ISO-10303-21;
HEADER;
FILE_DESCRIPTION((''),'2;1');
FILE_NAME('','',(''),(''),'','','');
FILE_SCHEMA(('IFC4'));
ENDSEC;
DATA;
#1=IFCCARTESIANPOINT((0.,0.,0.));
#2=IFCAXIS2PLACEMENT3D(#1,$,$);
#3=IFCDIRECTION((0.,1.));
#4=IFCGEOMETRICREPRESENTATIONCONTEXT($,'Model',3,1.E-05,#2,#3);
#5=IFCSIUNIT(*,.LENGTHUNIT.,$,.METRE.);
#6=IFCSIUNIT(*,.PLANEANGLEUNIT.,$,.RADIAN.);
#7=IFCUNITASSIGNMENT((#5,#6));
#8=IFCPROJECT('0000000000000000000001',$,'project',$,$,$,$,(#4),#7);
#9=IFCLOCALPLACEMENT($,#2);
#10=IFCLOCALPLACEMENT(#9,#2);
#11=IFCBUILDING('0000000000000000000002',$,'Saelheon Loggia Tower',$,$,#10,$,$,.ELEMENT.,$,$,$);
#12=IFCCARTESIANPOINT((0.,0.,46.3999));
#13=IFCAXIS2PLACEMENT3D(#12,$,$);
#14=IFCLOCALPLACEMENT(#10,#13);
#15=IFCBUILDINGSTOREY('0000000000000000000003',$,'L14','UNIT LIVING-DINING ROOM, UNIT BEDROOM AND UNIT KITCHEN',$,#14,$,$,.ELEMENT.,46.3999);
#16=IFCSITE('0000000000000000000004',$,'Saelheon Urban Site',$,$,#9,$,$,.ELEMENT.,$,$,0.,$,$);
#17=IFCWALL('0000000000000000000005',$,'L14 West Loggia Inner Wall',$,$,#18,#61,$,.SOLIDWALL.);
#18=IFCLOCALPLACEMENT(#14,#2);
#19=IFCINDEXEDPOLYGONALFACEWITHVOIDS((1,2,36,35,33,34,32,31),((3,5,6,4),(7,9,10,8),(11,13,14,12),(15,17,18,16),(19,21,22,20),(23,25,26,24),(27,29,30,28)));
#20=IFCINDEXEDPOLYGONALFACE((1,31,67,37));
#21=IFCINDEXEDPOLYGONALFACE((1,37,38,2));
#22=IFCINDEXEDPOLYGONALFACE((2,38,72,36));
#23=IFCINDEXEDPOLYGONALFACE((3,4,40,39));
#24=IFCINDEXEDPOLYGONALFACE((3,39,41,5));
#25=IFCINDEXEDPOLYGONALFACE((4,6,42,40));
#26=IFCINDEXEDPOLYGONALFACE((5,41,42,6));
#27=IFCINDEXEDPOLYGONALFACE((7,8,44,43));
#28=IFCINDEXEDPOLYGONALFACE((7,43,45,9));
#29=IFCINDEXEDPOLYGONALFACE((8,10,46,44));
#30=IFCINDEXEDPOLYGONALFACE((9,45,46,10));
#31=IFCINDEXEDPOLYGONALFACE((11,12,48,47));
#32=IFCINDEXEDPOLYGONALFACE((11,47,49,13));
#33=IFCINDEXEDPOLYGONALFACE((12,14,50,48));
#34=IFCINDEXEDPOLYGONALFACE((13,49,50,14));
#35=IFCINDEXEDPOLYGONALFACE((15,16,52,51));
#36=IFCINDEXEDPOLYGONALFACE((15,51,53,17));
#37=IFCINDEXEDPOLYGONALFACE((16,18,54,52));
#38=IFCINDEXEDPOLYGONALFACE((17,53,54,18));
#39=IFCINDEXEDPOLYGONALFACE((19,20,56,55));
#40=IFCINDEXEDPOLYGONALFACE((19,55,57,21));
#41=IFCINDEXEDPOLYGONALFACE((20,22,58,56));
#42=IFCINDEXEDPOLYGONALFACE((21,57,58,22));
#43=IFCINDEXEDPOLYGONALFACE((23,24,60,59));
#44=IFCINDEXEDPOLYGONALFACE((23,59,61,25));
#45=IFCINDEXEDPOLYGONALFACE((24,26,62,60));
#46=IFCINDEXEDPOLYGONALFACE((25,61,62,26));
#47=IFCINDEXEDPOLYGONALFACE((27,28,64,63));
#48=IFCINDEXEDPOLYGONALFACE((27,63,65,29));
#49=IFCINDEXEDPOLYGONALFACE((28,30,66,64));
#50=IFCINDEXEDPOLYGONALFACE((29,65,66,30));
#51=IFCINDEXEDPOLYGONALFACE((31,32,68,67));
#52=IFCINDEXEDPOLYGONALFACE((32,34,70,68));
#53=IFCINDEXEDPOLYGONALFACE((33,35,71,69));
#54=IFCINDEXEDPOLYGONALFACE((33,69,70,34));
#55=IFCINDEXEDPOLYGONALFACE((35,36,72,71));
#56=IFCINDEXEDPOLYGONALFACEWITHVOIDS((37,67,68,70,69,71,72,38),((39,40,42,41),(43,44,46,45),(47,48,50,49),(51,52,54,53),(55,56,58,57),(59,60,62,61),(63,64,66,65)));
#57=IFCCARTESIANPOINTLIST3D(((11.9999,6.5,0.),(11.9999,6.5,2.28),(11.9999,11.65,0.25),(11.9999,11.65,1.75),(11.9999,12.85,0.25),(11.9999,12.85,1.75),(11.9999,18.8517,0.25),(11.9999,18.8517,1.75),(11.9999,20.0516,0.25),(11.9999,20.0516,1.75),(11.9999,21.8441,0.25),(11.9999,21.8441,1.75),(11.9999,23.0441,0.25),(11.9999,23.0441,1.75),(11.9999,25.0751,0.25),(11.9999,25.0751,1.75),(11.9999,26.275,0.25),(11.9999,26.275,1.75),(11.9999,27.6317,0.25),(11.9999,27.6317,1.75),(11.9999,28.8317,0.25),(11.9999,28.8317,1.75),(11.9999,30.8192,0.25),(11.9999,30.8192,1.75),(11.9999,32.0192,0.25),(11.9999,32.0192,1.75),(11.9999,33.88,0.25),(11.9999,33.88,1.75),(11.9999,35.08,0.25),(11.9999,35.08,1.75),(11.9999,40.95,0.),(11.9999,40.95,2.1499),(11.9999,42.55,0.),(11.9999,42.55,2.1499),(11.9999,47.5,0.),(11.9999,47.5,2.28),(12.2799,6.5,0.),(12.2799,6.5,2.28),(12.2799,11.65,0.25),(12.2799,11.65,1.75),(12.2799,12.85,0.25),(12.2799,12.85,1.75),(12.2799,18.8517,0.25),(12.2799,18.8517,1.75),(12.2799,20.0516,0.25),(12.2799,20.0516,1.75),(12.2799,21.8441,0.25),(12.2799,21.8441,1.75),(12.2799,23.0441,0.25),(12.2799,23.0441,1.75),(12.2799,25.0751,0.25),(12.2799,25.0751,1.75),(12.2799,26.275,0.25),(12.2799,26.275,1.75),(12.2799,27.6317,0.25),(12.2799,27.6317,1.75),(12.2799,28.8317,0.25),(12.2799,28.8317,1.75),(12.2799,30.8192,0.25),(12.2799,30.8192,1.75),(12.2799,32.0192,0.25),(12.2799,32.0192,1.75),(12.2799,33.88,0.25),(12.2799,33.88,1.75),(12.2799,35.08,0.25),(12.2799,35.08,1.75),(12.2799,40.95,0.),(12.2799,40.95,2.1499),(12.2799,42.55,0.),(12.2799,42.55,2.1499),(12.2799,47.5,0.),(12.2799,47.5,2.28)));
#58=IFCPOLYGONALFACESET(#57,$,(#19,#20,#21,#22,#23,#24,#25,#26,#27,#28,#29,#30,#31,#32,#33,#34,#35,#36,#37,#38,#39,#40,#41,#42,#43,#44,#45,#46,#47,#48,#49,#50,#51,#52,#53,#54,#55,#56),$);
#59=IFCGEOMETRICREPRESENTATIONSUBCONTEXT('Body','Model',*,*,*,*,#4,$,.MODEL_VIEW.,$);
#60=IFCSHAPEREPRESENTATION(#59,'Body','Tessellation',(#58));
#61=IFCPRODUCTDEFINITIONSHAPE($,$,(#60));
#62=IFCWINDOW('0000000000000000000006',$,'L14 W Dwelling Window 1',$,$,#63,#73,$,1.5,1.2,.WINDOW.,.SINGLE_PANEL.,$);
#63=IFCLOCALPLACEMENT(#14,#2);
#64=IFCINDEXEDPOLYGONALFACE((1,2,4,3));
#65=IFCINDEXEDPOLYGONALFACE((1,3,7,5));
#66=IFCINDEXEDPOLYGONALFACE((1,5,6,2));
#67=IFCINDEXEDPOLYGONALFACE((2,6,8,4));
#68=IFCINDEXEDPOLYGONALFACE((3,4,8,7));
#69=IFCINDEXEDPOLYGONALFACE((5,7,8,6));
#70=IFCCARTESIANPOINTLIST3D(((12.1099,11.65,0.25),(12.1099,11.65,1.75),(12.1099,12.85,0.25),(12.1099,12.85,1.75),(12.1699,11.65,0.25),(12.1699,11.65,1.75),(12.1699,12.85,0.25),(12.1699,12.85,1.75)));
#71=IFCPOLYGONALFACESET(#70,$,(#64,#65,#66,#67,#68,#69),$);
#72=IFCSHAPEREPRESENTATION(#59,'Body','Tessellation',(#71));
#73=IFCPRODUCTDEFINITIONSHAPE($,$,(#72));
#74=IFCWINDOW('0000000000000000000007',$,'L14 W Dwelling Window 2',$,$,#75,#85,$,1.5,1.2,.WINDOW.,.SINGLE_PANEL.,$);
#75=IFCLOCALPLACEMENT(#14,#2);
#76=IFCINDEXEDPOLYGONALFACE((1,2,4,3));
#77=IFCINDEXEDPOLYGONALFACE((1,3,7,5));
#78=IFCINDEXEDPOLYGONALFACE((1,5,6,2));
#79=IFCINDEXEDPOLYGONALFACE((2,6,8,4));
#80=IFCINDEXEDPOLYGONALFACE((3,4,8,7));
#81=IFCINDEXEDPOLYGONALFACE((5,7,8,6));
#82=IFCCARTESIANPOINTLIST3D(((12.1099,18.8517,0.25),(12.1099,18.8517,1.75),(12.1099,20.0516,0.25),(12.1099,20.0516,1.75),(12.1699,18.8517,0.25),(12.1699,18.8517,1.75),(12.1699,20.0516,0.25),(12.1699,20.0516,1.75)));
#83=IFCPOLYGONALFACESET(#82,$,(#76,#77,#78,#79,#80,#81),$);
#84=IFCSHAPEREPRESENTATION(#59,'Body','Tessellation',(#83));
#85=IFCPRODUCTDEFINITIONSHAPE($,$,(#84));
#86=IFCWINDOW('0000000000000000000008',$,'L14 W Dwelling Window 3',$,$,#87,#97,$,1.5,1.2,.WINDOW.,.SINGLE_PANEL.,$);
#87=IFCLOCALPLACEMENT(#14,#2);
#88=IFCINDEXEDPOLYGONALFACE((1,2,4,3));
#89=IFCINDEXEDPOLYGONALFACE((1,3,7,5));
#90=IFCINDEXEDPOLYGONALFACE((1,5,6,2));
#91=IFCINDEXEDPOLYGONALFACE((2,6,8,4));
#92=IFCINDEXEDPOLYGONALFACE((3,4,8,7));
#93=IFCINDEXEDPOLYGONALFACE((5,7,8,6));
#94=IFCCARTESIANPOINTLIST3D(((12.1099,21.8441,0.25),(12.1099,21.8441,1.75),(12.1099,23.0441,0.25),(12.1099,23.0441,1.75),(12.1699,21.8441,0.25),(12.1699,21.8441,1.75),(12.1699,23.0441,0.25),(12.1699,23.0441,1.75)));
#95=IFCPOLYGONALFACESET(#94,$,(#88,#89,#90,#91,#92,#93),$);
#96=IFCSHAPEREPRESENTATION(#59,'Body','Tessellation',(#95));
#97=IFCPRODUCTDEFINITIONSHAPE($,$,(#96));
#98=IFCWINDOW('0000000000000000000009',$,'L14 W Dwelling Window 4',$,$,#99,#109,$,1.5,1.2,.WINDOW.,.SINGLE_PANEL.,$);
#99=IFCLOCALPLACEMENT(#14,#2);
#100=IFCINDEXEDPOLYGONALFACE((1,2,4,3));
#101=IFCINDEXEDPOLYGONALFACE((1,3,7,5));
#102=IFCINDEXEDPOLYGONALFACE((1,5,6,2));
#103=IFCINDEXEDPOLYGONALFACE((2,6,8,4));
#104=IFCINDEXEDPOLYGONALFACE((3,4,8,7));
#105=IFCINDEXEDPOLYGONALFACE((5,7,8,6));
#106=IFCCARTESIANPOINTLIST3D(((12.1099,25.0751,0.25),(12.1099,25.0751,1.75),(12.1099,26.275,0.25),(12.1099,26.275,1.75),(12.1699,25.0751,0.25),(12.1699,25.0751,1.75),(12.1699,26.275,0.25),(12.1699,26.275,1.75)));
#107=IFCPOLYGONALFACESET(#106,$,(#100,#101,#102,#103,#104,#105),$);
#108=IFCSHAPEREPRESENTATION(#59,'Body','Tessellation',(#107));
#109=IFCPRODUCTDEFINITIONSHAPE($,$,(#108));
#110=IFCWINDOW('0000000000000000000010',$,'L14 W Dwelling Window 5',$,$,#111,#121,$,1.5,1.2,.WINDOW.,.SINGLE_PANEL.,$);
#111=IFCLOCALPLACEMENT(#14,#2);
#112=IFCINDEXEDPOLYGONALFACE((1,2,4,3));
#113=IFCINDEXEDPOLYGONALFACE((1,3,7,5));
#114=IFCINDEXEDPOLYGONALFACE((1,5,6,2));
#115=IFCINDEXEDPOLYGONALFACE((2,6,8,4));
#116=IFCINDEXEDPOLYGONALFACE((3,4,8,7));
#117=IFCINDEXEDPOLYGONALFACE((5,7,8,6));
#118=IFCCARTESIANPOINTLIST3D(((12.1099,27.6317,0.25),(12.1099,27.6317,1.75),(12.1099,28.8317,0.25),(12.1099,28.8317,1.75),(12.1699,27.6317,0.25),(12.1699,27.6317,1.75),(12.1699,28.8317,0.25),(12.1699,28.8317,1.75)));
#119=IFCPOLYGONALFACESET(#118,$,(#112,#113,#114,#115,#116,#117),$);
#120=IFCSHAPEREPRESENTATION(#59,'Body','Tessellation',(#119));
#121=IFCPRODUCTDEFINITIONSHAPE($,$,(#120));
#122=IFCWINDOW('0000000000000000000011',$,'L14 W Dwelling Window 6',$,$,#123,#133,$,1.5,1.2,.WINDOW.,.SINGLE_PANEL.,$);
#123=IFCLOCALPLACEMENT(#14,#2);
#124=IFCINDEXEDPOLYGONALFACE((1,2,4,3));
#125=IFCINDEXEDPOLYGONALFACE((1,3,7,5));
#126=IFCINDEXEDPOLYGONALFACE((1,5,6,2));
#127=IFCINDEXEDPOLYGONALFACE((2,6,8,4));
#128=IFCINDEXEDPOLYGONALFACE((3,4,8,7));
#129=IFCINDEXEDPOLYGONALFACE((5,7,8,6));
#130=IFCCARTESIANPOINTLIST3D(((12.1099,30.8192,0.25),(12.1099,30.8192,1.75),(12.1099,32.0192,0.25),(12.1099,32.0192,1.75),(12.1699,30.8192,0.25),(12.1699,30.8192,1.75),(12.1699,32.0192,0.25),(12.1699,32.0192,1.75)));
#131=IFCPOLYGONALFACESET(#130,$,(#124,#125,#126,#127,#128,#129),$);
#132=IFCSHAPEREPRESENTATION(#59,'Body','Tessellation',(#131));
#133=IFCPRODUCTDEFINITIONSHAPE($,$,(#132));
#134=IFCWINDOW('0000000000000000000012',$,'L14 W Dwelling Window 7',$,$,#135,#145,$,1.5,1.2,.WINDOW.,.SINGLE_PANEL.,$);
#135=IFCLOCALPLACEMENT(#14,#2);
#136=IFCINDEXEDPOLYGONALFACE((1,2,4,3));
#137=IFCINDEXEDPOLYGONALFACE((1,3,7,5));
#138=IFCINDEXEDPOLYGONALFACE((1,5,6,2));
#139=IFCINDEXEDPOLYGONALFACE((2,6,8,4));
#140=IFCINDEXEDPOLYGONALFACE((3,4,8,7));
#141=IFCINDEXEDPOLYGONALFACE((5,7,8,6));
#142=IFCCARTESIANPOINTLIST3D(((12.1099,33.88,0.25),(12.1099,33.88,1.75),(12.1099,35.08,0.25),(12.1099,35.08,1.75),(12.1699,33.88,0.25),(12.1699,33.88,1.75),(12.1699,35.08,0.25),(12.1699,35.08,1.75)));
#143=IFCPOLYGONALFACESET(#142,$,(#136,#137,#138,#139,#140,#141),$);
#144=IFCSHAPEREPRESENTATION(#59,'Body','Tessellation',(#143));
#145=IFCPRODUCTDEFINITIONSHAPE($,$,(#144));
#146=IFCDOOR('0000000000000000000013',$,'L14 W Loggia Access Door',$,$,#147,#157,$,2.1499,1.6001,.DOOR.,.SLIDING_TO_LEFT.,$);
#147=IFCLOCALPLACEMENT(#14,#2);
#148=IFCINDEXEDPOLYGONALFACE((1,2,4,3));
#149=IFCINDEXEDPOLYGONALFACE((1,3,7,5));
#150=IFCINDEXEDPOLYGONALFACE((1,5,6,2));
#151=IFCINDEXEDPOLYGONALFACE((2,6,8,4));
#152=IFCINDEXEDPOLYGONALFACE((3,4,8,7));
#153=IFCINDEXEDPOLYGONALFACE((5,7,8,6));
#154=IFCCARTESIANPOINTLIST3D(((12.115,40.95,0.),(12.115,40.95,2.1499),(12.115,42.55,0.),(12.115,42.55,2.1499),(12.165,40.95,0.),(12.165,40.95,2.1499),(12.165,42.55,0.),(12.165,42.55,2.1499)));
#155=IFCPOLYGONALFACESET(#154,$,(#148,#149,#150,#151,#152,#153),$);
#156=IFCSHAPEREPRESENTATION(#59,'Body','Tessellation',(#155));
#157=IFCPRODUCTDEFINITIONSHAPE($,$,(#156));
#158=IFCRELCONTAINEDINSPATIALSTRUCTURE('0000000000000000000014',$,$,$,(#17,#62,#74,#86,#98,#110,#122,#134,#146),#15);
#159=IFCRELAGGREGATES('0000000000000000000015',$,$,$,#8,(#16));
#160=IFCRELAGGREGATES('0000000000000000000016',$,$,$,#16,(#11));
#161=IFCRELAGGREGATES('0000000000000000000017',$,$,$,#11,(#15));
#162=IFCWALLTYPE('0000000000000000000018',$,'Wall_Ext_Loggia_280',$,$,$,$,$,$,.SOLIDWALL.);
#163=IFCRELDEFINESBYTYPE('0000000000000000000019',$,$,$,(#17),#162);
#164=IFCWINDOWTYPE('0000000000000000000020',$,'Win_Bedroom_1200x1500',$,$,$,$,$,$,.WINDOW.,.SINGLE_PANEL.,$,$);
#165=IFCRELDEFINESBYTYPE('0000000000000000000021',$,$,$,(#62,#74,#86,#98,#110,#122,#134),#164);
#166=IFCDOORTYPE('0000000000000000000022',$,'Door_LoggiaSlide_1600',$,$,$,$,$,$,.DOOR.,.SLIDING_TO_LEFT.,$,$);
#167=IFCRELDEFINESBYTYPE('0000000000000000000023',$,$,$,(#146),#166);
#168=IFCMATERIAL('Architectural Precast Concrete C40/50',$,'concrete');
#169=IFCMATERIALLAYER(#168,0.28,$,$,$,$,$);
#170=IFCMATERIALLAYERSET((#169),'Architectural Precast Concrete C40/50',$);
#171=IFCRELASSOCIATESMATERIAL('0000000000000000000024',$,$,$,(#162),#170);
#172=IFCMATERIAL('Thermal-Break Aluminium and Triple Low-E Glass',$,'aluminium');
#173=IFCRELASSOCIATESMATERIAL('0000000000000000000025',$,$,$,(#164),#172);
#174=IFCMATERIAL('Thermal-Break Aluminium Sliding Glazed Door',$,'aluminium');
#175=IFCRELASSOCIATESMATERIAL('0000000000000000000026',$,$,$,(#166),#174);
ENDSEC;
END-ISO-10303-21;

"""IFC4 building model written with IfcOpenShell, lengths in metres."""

from ifc_helpers import new_model, si_unit, direction, frame, frame_2d, origin, place, context, subcontext, project, spatial, rectangle, extrude, source, transform, mapped, material, layer, layer_set, type_object, element, fill, save


model = new_model("IFC4")

# Units and contexts
model_context = context("Model", 3, precision=1e-05, world=origin(), true_north=direction((0.0, 1.0)))
body_context = subcontext(model_context, "Body", "Model", "MODEL_VIEW")
ifc_project = project(units=[si_unit("LENGTHUNIT", "METRE"), si_unit("PLANEANGLEUNIT", "RADIAN")], contexts=[model_context])

# Site, building, storey
site_placement = place(None, origin())
site = spatial("IfcSite", under=ifc_project, at=site_placement, Name="Saelheon Urban Site", CompositionType="ELEMENT", RefElevation=0.0)
building_placement = place(site_placement, origin())
building = spatial("IfcBuilding", under=site, at=building_placement, Name="Saelheon Loggia Tower", CompositionType="ELEMENT")
storey_placement = place(building_placement, frame((0.0, 0.0, 46.3999)))
storey = spatial("IfcBuildingStorey", under=building, at=storey_placement, Name="L14", Description="UNIT LIVING-DINING ROOM, UNIT BEDROOM AND UNIT KITCHEN", CompositionType="ELEMENT", Elevation=46.3999)

# Wall, openings, windows, door
ifc_material_1 = material(Name="Architectural Precast Concrete C40/50", Category="concrete")
ifc_layer = layer(ifc_material_1, 0.28)
ifc_layer_set = layer_set([ifc_layer], Name="Architectural Precast Concrete C40/50")
wall_type = type_object("IfcWallType", Name="Wall_Ext_Loggia_280", PredefinedType="SOLIDWALL", material=ifc_layer_set)
wall_1_placement = place(storey_placement, frame((12.1399, 6.5, 0.0), z_axis=(0.0, 0.0, 1.0), x_axis=(0.0, 1.0, 0.0)))
wall_1 = element("IfcWall", 1, at=wall_1_placement, inside=storey, type_object=wall_type, Name="L14 West Loggia Inner Wall", PredefinedType="SOLIDWALL", context=body_context, shape_type="SweptSolid", body=[
    extrude(rectangle(XDim=41.0, YDim=0.28, at=frame_2d((20.5, 0.0))), origin(), (0.0, 0.0, 1.0), 2.28),
])
opening_1_placement = place(wall_1_placement, frame((5.1499, 0.0, 0.25)))
opening_1 = element("IfcOpeningElement", 2, at=opening_1_placement, cuts=wall_1, PredefinedType="OPENING", context=body_context, shape_type="SweptSolid", body=[
    extrude(rectangle(XDim=1.2, YDim=1.5, at=frame_2d((0.6001, 0.75))), frame((0.0, 0.1521, 0.0), z_axis=(0.0, -1.0, 0.0), x_axis=(1.0, 0.0, 0.0)), (0.0, 0.0, 1.0), 0.304),
])
opening_2_placement = place(wall_1_placement, frame((12.3516, 0.0, 0.25)))
opening_2 = element("IfcOpeningElement", 3, at=opening_2_placement, cuts=wall_1, PredefinedType="OPENING", context=body_context, shape_type="SweptSolid", body=[
    extrude(rectangle(XDim=1.2, YDim=1.5, at=frame_2d((0.6001, 0.75))), frame((0.0, 0.1521, 0.0), z_axis=(0.0, -1.0, 0.0), x_axis=(1.0, 0.0, 0.0)), (0.0, 0.0, 1.0), 0.304),
])
opening_3_placement = place(wall_1_placement, frame((15.344, 0.0, 0.25)))
opening_3 = element("IfcOpeningElement", 4, at=opening_3_placement, cuts=wall_1, PredefinedType="OPENING", context=body_context, shape_type="SweptSolid", body=[
    extrude(rectangle(XDim=1.2, YDim=1.5, at=frame_2d((0.6001, 0.75))), frame((0.0, 0.1521, 0.0), z_axis=(0.0, -1.0, 0.0), x_axis=(1.0, 0.0, 0.0)), (0.0, 0.0, 1.0), 0.304),
])
opening_4_placement = place(wall_1_placement, frame((18.575, 0.0, 0.25)))
opening_4 = element("IfcOpeningElement", 5, at=opening_4_placement, cuts=wall_1, PredefinedType="OPENING", context=body_context, shape_type="SweptSolid", body=[
    extrude(rectangle(XDim=1.2, YDim=1.5, at=frame_2d((0.6001, 0.75))), frame((0.0, 0.1521, 0.0), z_axis=(0.0, -1.0, 0.0), x_axis=(1.0, 0.0, 0.0)), (0.0, 0.0, 1.0), 0.304),
])
opening_5_placement = place(wall_1_placement, frame((21.1316, 0.0, 0.25)))
opening_5 = element("IfcOpeningElement", 6, at=opening_5_placement, cuts=wall_1, PredefinedType="OPENING", context=body_context, shape_type="SweptSolid", body=[
    extrude(rectangle(XDim=1.2, YDim=1.5, at=frame_2d((0.6001, 0.75))), frame((0.0, 0.1521, 0.0), z_axis=(0.0, -1.0, 0.0), x_axis=(1.0, 0.0, 0.0)), (0.0, 0.0, 1.0), 0.304),
])
opening_6_placement = place(wall_1_placement, frame((24.3191, 0.0, 0.25)))
opening_6 = element("IfcOpeningElement", 7, at=opening_6_placement, cuts=wall_1, PredefinedType="OPENING", context=body_context, shape_type="SweptSolid", body=[
    extrude(rectangle(XDim=1.2, YDim=1.5, at=frame_2d((0.6001, 0.75))), frame((0.0, 0.1521, 0.0), z_axis=(0.0, -1.0, 0.0), x_axis=(1.0, 0.0, 0.0)), (0.0, 0.0, 1.0), 0.304),
])
opening_7_placement = place(wall_1_placement, frame((27.3799, 0.0, 0.25)))
opening_7 = element("IfcOpeningElement", 8, at=opening_7_placement, cuts=wall_1, PredefinedType="OPENING", context=body_context, shape_type="SweptSolid", body=[
    extrude(rectangle(XDim=1.2, YDim=1.5, at=frame_2d((0.6001, 0.75))), frame((0.0, 0.1521, 0.0), z_axis=(0.0, -1.0, 0.0), x_axis=(1.0, 0.0, 0.0)), (0.0, 0.0, 1.0), 0.304),
])
opening_8_placement = place(wall_1_placement, frame((34.45, 0.0, 0.0)))
opening_8 = element("IfcOpeningElement", 9, at=opening_8_placement, cuts=wall_1, PredefinedType="OPENING", context=body_context, shape_type="SweptSolid", body=[
    extrude(rectangle(XDim=1.6001, YDim=2.1499, at=frame_2d((0.8, 1.075))), frame((0.0, 0.1521, 0.0), z_axis=(0.0, -1.0, 0.0), x_axis=(1.0, 0.0, 0.0)), (0.0, 0.0, 1.0), 0.304),
])
ifc_material_2 = material(Name="Thermal-Break Aluminium and Triple Low-E Glass", Category="aluminium")
window_type = type_object("IfcWindowType", Name="Win_Bedroom_1200x1500", PartitioningType="SINGLE_PANEL", PredefinedType="WINDOW", material=ifc_material_2)
shared_shape_1 = source(origin(), body_context, "Body", "SweptSolid", [
    extrude(rectangle(XDim=1.2, YDim=1.5, at=frame_2d((0.6001, 0.75))), frame((0.0, 0.03, 0.0), z_axis=(0.0, -1.0, 0.0), x_axis=(1.0, 0.0, 0.0)), (0.0, 0.0, 1.0), 0.0601),
])
window_1_placement = place(opening_1_placement, origin())
window_1 = element("IfcWindow", 10, at=window_1_placement, inside=storey, type_object=window_type, Name="L14 W Dwelling Window 1", OverallHeight=1.5, OverallWidth=1.2, PartitioningType="SINGLE_PANEL", PredefinedType="WINDOW", context=body_context, shape_type="MappedRepresentation", body=[
    mapped(shared_shape_1, transform((0.0, 0.0, 0.0), scale=1.0)),
])
fill(opening_1, window_1)
window_2_placement = place(opening_2_placement, origin())
window_2 = element("IfcWindow", 11, at=window_2_placement, inside=storey, type_object=window_type, Name="L14 W Dwelling Window 2", OverallHeight=1.5, OverallWidth=1.2, PartitioningType="SINGLE_PANEL", PredefinedType="WINDOW", context=body_context, shape_type="MappedRepresentation", body=[
    mapped(shared_shape_1, transform((0.0, 0.0, 0.0), scale=1.0)),
])
fill(opening_2, window_2)
window_3_placement = place(opening_3_placement, origin())
window_3 = element("IfcWindow", 12, at=window_3_placement, inside=storey, type_object=window_type, Name="L14 W Dwelling Window 3", OverallHeight=1.5, OverallWidth=1.2, PartitioningType="SINGLE_PANEL", PredefinedType="WINDOW", context=body_context, shape_type="MappedRepresentation", body=[
    mapped(shared_shape_1, transform((0.0, 0.0, 0.0), scale=1.0)),
])
fill(opening_3, window_3)
window_4_placement = place(opening_4_placement, origin())
window_4 = element("IfcWindow", 13, at=window_4_placement, inside=storey, type_object=window_type, Name="L14 W Dwelling Window 4", OverallHeight=1.5, OverallWidth=1.2, PartitioningType="SINGLE_PANEL", PredefinedType="WINDOW", context=body_context, shape_type="MappedRepresentation", body=[
    mapped(shared_shape_1, transform((0.0, 0.0, 0.0), scale=1.0)),
])
fill(opening_4, window_4)
window_5_placement = place(opening_5_placement, origin())
window_5 = element("IfcWindow", 14, at=window_5_placement, inside=storey, type_object=window_type, Name="L14 W Dwelling Window 5", OverallHeight=1.5, OverallWidth=1.2, PartitioningType="SINGLE_PANEL", PredefinedType="WINDOW", context=body_context, shape_type="MappedRepresentation", body=[
    mapped(shared_shape_1, transform((0.0, 0.0, 0.0), scale=1.0)),
])
fill(opening_5, window_5)
window_6_placement = place(opening_6_placement, origin())
window_6 = element("IfcWindow", 15, at=window_6_placement, inside=storey, type_object=window_type, Name="L14 W Dwelling Window 6", OverallHeight=1.5, OverallWidth=1.2, PartitioningType="SINGLE_PANEL", PredefinedType="WINDOW", context=body_context, shape_type="MappedRepresentation", body=[
    mapped(shared_shape_1, transform((0.0, 0.0, 0.0), scale=1.0)),
])
fill(opening_6, window_6)
window_7_placement = place(opening_7_placement, origin())
window_7 = element("IfcWindow", 16, at=window_7_placement, inside=storey, type_object=window_type, Name="L14 W Dwelling Window 7", OverallHeight=1.5, OverallWidth=1.2, PartitioningType="SINGLE_PANEL", PredefinedType="WINDOW", context=body_context, shape_type="MappedRepresentation", body=[
    mapped(shared_shape_1, transform((0.0, 0.0, 0.0), scale=1.0)),
])
fill(opening_7, window_7)
ifc_material_3 = material(Name="Thermal-Break Aluminium Sliding Glazed Door", Category="aluminium")
door_type = type_object("IfcDoorType", Name="Door_LoggiaSlide_1600", OperationType="SLIDING_TO_LEFT", PredefinedType="DOOR", material=ifc_material_3)
shared_shape_2 = source(origin(), body_context, "Body", "SweptSolid", [
    extrude(rectangle(XDim=1.6001, YDim=2.1499, at=frame_2d((0.8, 1.075))), frame((0.0, 0.0249, 0.0), z_axis=(0.0, -1.0, 0.0), x_axis=(1.0, 0.0, 0.0)), (0.0, 0.0, 1.0), 0.05),
])
door_placement = place(opening_8_placement, origin())
door = element("IfcDoor", 17, at=door_placement, inside=storey, type_object=door_type, Name="L14 W Loggia Access Door", OperationType="SLIDING_TO_LEFT", OverallHeight=2.1499, OverallWidth=1.6001, PredefinedType="DOOR", context=body_context, shape_type="MappedRepresentation", body=[
    mapped(shared_shape_2, transform((0.0, 0.0, 0.0), scale=1.0)),
])
fill(opening_8, door)

save(model, "model.ifc")
